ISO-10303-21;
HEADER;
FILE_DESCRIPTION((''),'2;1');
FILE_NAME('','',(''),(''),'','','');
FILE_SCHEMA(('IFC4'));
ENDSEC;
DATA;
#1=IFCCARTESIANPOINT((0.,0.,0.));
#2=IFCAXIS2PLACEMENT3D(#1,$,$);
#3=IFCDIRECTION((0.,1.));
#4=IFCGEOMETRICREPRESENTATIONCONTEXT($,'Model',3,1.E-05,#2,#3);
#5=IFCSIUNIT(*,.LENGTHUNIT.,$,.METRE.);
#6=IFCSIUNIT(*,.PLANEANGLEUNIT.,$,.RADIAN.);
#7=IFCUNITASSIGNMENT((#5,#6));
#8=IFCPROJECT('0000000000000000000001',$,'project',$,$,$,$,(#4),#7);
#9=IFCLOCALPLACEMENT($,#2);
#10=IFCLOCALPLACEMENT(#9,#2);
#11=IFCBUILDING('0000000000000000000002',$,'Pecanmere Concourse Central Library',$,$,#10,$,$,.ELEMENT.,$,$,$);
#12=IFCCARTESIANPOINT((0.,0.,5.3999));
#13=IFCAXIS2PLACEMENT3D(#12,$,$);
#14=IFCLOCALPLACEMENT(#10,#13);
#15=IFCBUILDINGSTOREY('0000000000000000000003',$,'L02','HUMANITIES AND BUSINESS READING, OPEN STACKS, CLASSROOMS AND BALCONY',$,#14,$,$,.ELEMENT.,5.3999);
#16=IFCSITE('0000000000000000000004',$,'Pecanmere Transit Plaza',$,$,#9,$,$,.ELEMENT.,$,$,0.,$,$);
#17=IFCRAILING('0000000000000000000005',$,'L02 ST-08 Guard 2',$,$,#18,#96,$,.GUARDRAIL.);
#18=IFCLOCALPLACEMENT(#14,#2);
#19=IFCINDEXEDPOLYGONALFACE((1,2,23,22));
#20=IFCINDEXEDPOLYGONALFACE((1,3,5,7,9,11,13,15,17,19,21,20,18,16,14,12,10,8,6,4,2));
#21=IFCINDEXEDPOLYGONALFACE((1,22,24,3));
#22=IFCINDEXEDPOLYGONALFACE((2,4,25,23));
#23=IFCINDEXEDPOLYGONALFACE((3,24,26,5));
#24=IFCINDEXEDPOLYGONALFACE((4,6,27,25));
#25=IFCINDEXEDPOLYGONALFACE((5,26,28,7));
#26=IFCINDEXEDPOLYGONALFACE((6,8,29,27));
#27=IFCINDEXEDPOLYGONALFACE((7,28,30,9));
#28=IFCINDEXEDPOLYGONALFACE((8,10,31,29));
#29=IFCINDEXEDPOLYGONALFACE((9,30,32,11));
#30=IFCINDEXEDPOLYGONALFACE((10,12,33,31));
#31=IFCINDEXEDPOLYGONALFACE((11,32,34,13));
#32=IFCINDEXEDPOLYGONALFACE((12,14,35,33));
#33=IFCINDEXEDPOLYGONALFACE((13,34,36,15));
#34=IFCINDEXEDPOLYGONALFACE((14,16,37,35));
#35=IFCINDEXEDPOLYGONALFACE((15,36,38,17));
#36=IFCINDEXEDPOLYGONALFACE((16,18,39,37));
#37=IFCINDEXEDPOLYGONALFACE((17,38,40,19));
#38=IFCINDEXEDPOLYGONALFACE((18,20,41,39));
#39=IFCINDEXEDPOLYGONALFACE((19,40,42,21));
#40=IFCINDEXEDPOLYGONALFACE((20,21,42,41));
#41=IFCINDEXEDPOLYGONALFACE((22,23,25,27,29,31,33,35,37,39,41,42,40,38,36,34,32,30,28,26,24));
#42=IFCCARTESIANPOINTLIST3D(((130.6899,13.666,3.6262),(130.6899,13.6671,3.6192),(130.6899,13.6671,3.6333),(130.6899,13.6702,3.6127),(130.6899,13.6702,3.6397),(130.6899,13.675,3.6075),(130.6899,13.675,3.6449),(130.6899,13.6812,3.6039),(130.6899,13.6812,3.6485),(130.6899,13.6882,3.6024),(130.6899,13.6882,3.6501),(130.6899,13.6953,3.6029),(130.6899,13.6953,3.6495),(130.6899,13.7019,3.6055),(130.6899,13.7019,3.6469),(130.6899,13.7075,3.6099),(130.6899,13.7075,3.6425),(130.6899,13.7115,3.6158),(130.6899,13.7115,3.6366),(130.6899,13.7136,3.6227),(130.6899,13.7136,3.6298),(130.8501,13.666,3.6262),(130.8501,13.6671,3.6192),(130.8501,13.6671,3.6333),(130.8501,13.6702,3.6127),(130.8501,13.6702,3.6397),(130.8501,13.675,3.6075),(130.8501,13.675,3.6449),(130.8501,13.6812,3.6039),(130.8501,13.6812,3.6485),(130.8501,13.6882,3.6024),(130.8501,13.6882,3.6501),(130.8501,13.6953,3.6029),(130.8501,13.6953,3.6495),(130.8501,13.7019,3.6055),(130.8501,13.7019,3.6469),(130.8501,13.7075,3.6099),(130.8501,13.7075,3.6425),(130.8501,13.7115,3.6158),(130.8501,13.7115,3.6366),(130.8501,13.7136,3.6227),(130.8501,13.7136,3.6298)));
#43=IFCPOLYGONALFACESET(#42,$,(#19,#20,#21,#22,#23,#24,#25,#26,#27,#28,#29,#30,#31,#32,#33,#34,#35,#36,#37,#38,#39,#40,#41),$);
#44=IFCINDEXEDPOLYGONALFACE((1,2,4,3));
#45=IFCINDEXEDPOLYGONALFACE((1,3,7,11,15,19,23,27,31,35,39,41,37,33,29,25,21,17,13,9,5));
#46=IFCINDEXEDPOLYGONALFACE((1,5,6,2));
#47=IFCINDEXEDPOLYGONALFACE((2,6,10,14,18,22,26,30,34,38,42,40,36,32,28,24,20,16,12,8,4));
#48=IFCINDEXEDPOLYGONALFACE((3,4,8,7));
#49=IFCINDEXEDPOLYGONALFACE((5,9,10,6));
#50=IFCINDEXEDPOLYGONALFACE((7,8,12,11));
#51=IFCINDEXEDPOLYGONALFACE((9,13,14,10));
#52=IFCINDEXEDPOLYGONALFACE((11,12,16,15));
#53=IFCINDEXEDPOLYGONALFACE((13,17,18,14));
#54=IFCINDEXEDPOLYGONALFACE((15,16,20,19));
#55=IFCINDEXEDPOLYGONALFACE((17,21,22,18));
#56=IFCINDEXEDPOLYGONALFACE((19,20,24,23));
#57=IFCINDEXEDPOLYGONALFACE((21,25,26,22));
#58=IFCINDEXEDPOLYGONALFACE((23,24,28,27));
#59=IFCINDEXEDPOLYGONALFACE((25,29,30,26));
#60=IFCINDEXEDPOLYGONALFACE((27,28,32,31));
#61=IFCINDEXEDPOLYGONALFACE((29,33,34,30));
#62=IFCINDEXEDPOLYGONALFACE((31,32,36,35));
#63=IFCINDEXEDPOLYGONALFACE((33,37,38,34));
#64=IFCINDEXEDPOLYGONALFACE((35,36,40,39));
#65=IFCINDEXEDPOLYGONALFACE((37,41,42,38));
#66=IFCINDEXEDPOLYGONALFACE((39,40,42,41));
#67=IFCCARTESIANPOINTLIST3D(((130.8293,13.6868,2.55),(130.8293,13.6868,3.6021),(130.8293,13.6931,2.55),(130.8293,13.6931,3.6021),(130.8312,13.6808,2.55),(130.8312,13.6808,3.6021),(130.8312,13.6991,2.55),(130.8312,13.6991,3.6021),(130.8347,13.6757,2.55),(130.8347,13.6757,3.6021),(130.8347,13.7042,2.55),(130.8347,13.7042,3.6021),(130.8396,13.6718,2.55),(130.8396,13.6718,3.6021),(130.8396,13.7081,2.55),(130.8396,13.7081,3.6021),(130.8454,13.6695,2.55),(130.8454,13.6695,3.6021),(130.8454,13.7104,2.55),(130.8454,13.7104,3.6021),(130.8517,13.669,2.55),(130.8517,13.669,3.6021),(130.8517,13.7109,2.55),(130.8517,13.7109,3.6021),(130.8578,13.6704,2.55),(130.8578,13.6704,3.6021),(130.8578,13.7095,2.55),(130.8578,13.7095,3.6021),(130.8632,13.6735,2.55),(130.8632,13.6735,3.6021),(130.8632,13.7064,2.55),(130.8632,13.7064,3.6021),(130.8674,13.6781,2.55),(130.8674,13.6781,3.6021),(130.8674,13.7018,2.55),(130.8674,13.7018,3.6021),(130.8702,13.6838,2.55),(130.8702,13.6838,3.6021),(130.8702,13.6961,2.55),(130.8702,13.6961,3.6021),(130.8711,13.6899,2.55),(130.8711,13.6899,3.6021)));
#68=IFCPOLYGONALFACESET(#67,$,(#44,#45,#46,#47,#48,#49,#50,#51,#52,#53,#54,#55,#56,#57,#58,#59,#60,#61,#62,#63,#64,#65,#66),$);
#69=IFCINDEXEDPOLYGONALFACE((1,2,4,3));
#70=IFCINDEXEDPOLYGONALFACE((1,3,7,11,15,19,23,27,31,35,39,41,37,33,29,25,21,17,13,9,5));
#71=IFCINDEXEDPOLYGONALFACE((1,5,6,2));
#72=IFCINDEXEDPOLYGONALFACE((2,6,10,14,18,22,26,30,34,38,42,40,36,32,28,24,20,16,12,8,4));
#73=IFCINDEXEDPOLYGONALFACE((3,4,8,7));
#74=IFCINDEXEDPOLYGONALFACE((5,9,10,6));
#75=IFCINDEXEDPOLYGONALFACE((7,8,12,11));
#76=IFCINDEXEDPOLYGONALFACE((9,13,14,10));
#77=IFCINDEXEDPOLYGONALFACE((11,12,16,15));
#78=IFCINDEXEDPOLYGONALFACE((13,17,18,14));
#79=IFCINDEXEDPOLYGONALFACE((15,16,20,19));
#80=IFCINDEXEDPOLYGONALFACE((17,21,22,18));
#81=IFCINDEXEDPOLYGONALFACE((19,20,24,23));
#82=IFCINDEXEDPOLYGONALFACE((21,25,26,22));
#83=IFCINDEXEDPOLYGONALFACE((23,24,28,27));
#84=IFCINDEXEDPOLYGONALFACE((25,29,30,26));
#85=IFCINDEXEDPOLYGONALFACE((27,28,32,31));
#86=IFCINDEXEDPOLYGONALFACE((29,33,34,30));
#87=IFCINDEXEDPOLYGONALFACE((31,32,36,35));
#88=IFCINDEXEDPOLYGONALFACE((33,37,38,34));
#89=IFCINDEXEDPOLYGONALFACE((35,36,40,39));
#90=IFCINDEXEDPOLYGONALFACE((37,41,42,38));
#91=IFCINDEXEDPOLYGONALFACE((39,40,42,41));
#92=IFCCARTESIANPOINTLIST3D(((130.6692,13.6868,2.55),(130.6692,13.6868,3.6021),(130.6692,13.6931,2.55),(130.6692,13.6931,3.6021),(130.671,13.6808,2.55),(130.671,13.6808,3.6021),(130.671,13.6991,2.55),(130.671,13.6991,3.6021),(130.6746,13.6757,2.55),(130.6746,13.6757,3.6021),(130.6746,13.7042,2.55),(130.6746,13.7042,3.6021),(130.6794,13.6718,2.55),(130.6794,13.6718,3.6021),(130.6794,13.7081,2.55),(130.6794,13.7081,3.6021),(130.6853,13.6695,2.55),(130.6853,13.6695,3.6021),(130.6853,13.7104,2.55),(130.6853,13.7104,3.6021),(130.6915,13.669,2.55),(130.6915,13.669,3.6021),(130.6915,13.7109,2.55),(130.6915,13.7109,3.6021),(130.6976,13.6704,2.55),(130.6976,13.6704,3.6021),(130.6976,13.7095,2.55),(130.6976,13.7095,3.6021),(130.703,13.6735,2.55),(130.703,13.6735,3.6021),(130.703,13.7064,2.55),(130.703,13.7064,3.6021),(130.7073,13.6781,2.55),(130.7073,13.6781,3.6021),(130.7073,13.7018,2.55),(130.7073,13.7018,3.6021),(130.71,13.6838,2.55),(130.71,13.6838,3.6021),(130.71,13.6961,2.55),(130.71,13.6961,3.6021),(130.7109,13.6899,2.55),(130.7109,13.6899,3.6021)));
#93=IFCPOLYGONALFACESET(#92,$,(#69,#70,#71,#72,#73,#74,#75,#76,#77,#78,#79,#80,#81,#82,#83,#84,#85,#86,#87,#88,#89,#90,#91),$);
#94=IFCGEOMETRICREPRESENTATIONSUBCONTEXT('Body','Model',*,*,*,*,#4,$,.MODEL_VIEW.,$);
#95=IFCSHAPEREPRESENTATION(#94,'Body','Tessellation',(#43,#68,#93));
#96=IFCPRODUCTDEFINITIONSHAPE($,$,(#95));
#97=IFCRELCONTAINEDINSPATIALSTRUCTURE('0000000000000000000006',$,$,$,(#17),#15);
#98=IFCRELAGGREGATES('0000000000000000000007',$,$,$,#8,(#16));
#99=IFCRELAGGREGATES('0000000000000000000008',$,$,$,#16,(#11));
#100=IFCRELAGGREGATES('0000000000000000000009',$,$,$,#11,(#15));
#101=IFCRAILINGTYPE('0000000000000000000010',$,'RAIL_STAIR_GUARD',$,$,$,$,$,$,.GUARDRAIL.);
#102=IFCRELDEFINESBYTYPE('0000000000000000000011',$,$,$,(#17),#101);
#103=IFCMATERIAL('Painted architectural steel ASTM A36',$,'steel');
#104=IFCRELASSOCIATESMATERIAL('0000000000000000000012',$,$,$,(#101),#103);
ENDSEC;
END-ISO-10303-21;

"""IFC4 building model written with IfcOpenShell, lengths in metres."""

from ifc_helpers import new_model, si_unit, direction, frame, origin, origin_2d, place, context, subcontext, project, spatial, circle, extrude, material, type_object, element, save


model = new_model("IFC4")

# Units and contexts
model_context = context("Model", 3, precision=1e-05, world=origin(), true_north=direction((0.0, 1.0)))
body_context = subcontext(model_context, "Body", "Model", "MODEL_VIEW")
ifc_project = project(units=[si_unit("LENGTHUNIT", "METRE"), si_unit("PLANEANGLEUNIT", "RADIAN")], contexts=[model_context])

# Site, building, storey
site_placement = place(None, origin())
site = spatial("IfcSite", under=ifc_project, at=site_placement, Name="Pecanmere Transit Plaza", CompositionType="ELEMENT", RefElevation=0.0)
building_placement = place(site_placement, origin())
building = spatial("IfcBuilding", under=site, at=building_placement, Name="Pecanmere Concourse Central Library", CompositionType="ELEMENT")
storey_placement = place(building_placement, frame((0.0, 0.0, 5.3999)))
storey = spatial("IfcBuildingStorey", under=building, at=storey_placement, Name="L02", Description="HUMANITIES AND BUSINESS READING, OPEN STACKS, CLASSROOMS AND BALCONY", CompositionType="ELEMENT", Elevation=5.3999)

# Railing
ifc_material_1 = material(Name="Painted architectural steel ASTM A36", Category="steel")
railing_type_1 = type_object("IfcRailingType", Name="RAIL_STAIR_GUARD", PredefinedType="GUARDRAIL", material=ifc_material_1)
railing_1_placement = place(storey_placement, frame((130.8501, 13.6899, 2.55)))
element("IfcRailing", 1, at=railing_1_placement, inside=storey, type_object=railing_type_1, Name="L02 ST-08 Guard 2", PredefinedType="GUARDRAIL", context=body_context, shape_type="SweptSolid", body=[
    extrude(circle(Radius=0.0239, at=origin_2d()), frame((0.0, 0.0, 1.0762), z_axis=(-1.0, 0.0, 0.0), x_axis=(0.0, -1.0, 0.0)), (0.0, 0.0, 1.0), 0.1602),
    extrude(circle(Radius=0.021, at=origin_2d()), origin(), (0.0, 0.0, 1.0), 1.052),
    extrude(circle(Radius=0.021, at=origin_2d()), frame((-0.1602, 0.0, 0.0)), (0.0, 0.0, 1.0), 1.052),
])

save(model, "model.ifc")
